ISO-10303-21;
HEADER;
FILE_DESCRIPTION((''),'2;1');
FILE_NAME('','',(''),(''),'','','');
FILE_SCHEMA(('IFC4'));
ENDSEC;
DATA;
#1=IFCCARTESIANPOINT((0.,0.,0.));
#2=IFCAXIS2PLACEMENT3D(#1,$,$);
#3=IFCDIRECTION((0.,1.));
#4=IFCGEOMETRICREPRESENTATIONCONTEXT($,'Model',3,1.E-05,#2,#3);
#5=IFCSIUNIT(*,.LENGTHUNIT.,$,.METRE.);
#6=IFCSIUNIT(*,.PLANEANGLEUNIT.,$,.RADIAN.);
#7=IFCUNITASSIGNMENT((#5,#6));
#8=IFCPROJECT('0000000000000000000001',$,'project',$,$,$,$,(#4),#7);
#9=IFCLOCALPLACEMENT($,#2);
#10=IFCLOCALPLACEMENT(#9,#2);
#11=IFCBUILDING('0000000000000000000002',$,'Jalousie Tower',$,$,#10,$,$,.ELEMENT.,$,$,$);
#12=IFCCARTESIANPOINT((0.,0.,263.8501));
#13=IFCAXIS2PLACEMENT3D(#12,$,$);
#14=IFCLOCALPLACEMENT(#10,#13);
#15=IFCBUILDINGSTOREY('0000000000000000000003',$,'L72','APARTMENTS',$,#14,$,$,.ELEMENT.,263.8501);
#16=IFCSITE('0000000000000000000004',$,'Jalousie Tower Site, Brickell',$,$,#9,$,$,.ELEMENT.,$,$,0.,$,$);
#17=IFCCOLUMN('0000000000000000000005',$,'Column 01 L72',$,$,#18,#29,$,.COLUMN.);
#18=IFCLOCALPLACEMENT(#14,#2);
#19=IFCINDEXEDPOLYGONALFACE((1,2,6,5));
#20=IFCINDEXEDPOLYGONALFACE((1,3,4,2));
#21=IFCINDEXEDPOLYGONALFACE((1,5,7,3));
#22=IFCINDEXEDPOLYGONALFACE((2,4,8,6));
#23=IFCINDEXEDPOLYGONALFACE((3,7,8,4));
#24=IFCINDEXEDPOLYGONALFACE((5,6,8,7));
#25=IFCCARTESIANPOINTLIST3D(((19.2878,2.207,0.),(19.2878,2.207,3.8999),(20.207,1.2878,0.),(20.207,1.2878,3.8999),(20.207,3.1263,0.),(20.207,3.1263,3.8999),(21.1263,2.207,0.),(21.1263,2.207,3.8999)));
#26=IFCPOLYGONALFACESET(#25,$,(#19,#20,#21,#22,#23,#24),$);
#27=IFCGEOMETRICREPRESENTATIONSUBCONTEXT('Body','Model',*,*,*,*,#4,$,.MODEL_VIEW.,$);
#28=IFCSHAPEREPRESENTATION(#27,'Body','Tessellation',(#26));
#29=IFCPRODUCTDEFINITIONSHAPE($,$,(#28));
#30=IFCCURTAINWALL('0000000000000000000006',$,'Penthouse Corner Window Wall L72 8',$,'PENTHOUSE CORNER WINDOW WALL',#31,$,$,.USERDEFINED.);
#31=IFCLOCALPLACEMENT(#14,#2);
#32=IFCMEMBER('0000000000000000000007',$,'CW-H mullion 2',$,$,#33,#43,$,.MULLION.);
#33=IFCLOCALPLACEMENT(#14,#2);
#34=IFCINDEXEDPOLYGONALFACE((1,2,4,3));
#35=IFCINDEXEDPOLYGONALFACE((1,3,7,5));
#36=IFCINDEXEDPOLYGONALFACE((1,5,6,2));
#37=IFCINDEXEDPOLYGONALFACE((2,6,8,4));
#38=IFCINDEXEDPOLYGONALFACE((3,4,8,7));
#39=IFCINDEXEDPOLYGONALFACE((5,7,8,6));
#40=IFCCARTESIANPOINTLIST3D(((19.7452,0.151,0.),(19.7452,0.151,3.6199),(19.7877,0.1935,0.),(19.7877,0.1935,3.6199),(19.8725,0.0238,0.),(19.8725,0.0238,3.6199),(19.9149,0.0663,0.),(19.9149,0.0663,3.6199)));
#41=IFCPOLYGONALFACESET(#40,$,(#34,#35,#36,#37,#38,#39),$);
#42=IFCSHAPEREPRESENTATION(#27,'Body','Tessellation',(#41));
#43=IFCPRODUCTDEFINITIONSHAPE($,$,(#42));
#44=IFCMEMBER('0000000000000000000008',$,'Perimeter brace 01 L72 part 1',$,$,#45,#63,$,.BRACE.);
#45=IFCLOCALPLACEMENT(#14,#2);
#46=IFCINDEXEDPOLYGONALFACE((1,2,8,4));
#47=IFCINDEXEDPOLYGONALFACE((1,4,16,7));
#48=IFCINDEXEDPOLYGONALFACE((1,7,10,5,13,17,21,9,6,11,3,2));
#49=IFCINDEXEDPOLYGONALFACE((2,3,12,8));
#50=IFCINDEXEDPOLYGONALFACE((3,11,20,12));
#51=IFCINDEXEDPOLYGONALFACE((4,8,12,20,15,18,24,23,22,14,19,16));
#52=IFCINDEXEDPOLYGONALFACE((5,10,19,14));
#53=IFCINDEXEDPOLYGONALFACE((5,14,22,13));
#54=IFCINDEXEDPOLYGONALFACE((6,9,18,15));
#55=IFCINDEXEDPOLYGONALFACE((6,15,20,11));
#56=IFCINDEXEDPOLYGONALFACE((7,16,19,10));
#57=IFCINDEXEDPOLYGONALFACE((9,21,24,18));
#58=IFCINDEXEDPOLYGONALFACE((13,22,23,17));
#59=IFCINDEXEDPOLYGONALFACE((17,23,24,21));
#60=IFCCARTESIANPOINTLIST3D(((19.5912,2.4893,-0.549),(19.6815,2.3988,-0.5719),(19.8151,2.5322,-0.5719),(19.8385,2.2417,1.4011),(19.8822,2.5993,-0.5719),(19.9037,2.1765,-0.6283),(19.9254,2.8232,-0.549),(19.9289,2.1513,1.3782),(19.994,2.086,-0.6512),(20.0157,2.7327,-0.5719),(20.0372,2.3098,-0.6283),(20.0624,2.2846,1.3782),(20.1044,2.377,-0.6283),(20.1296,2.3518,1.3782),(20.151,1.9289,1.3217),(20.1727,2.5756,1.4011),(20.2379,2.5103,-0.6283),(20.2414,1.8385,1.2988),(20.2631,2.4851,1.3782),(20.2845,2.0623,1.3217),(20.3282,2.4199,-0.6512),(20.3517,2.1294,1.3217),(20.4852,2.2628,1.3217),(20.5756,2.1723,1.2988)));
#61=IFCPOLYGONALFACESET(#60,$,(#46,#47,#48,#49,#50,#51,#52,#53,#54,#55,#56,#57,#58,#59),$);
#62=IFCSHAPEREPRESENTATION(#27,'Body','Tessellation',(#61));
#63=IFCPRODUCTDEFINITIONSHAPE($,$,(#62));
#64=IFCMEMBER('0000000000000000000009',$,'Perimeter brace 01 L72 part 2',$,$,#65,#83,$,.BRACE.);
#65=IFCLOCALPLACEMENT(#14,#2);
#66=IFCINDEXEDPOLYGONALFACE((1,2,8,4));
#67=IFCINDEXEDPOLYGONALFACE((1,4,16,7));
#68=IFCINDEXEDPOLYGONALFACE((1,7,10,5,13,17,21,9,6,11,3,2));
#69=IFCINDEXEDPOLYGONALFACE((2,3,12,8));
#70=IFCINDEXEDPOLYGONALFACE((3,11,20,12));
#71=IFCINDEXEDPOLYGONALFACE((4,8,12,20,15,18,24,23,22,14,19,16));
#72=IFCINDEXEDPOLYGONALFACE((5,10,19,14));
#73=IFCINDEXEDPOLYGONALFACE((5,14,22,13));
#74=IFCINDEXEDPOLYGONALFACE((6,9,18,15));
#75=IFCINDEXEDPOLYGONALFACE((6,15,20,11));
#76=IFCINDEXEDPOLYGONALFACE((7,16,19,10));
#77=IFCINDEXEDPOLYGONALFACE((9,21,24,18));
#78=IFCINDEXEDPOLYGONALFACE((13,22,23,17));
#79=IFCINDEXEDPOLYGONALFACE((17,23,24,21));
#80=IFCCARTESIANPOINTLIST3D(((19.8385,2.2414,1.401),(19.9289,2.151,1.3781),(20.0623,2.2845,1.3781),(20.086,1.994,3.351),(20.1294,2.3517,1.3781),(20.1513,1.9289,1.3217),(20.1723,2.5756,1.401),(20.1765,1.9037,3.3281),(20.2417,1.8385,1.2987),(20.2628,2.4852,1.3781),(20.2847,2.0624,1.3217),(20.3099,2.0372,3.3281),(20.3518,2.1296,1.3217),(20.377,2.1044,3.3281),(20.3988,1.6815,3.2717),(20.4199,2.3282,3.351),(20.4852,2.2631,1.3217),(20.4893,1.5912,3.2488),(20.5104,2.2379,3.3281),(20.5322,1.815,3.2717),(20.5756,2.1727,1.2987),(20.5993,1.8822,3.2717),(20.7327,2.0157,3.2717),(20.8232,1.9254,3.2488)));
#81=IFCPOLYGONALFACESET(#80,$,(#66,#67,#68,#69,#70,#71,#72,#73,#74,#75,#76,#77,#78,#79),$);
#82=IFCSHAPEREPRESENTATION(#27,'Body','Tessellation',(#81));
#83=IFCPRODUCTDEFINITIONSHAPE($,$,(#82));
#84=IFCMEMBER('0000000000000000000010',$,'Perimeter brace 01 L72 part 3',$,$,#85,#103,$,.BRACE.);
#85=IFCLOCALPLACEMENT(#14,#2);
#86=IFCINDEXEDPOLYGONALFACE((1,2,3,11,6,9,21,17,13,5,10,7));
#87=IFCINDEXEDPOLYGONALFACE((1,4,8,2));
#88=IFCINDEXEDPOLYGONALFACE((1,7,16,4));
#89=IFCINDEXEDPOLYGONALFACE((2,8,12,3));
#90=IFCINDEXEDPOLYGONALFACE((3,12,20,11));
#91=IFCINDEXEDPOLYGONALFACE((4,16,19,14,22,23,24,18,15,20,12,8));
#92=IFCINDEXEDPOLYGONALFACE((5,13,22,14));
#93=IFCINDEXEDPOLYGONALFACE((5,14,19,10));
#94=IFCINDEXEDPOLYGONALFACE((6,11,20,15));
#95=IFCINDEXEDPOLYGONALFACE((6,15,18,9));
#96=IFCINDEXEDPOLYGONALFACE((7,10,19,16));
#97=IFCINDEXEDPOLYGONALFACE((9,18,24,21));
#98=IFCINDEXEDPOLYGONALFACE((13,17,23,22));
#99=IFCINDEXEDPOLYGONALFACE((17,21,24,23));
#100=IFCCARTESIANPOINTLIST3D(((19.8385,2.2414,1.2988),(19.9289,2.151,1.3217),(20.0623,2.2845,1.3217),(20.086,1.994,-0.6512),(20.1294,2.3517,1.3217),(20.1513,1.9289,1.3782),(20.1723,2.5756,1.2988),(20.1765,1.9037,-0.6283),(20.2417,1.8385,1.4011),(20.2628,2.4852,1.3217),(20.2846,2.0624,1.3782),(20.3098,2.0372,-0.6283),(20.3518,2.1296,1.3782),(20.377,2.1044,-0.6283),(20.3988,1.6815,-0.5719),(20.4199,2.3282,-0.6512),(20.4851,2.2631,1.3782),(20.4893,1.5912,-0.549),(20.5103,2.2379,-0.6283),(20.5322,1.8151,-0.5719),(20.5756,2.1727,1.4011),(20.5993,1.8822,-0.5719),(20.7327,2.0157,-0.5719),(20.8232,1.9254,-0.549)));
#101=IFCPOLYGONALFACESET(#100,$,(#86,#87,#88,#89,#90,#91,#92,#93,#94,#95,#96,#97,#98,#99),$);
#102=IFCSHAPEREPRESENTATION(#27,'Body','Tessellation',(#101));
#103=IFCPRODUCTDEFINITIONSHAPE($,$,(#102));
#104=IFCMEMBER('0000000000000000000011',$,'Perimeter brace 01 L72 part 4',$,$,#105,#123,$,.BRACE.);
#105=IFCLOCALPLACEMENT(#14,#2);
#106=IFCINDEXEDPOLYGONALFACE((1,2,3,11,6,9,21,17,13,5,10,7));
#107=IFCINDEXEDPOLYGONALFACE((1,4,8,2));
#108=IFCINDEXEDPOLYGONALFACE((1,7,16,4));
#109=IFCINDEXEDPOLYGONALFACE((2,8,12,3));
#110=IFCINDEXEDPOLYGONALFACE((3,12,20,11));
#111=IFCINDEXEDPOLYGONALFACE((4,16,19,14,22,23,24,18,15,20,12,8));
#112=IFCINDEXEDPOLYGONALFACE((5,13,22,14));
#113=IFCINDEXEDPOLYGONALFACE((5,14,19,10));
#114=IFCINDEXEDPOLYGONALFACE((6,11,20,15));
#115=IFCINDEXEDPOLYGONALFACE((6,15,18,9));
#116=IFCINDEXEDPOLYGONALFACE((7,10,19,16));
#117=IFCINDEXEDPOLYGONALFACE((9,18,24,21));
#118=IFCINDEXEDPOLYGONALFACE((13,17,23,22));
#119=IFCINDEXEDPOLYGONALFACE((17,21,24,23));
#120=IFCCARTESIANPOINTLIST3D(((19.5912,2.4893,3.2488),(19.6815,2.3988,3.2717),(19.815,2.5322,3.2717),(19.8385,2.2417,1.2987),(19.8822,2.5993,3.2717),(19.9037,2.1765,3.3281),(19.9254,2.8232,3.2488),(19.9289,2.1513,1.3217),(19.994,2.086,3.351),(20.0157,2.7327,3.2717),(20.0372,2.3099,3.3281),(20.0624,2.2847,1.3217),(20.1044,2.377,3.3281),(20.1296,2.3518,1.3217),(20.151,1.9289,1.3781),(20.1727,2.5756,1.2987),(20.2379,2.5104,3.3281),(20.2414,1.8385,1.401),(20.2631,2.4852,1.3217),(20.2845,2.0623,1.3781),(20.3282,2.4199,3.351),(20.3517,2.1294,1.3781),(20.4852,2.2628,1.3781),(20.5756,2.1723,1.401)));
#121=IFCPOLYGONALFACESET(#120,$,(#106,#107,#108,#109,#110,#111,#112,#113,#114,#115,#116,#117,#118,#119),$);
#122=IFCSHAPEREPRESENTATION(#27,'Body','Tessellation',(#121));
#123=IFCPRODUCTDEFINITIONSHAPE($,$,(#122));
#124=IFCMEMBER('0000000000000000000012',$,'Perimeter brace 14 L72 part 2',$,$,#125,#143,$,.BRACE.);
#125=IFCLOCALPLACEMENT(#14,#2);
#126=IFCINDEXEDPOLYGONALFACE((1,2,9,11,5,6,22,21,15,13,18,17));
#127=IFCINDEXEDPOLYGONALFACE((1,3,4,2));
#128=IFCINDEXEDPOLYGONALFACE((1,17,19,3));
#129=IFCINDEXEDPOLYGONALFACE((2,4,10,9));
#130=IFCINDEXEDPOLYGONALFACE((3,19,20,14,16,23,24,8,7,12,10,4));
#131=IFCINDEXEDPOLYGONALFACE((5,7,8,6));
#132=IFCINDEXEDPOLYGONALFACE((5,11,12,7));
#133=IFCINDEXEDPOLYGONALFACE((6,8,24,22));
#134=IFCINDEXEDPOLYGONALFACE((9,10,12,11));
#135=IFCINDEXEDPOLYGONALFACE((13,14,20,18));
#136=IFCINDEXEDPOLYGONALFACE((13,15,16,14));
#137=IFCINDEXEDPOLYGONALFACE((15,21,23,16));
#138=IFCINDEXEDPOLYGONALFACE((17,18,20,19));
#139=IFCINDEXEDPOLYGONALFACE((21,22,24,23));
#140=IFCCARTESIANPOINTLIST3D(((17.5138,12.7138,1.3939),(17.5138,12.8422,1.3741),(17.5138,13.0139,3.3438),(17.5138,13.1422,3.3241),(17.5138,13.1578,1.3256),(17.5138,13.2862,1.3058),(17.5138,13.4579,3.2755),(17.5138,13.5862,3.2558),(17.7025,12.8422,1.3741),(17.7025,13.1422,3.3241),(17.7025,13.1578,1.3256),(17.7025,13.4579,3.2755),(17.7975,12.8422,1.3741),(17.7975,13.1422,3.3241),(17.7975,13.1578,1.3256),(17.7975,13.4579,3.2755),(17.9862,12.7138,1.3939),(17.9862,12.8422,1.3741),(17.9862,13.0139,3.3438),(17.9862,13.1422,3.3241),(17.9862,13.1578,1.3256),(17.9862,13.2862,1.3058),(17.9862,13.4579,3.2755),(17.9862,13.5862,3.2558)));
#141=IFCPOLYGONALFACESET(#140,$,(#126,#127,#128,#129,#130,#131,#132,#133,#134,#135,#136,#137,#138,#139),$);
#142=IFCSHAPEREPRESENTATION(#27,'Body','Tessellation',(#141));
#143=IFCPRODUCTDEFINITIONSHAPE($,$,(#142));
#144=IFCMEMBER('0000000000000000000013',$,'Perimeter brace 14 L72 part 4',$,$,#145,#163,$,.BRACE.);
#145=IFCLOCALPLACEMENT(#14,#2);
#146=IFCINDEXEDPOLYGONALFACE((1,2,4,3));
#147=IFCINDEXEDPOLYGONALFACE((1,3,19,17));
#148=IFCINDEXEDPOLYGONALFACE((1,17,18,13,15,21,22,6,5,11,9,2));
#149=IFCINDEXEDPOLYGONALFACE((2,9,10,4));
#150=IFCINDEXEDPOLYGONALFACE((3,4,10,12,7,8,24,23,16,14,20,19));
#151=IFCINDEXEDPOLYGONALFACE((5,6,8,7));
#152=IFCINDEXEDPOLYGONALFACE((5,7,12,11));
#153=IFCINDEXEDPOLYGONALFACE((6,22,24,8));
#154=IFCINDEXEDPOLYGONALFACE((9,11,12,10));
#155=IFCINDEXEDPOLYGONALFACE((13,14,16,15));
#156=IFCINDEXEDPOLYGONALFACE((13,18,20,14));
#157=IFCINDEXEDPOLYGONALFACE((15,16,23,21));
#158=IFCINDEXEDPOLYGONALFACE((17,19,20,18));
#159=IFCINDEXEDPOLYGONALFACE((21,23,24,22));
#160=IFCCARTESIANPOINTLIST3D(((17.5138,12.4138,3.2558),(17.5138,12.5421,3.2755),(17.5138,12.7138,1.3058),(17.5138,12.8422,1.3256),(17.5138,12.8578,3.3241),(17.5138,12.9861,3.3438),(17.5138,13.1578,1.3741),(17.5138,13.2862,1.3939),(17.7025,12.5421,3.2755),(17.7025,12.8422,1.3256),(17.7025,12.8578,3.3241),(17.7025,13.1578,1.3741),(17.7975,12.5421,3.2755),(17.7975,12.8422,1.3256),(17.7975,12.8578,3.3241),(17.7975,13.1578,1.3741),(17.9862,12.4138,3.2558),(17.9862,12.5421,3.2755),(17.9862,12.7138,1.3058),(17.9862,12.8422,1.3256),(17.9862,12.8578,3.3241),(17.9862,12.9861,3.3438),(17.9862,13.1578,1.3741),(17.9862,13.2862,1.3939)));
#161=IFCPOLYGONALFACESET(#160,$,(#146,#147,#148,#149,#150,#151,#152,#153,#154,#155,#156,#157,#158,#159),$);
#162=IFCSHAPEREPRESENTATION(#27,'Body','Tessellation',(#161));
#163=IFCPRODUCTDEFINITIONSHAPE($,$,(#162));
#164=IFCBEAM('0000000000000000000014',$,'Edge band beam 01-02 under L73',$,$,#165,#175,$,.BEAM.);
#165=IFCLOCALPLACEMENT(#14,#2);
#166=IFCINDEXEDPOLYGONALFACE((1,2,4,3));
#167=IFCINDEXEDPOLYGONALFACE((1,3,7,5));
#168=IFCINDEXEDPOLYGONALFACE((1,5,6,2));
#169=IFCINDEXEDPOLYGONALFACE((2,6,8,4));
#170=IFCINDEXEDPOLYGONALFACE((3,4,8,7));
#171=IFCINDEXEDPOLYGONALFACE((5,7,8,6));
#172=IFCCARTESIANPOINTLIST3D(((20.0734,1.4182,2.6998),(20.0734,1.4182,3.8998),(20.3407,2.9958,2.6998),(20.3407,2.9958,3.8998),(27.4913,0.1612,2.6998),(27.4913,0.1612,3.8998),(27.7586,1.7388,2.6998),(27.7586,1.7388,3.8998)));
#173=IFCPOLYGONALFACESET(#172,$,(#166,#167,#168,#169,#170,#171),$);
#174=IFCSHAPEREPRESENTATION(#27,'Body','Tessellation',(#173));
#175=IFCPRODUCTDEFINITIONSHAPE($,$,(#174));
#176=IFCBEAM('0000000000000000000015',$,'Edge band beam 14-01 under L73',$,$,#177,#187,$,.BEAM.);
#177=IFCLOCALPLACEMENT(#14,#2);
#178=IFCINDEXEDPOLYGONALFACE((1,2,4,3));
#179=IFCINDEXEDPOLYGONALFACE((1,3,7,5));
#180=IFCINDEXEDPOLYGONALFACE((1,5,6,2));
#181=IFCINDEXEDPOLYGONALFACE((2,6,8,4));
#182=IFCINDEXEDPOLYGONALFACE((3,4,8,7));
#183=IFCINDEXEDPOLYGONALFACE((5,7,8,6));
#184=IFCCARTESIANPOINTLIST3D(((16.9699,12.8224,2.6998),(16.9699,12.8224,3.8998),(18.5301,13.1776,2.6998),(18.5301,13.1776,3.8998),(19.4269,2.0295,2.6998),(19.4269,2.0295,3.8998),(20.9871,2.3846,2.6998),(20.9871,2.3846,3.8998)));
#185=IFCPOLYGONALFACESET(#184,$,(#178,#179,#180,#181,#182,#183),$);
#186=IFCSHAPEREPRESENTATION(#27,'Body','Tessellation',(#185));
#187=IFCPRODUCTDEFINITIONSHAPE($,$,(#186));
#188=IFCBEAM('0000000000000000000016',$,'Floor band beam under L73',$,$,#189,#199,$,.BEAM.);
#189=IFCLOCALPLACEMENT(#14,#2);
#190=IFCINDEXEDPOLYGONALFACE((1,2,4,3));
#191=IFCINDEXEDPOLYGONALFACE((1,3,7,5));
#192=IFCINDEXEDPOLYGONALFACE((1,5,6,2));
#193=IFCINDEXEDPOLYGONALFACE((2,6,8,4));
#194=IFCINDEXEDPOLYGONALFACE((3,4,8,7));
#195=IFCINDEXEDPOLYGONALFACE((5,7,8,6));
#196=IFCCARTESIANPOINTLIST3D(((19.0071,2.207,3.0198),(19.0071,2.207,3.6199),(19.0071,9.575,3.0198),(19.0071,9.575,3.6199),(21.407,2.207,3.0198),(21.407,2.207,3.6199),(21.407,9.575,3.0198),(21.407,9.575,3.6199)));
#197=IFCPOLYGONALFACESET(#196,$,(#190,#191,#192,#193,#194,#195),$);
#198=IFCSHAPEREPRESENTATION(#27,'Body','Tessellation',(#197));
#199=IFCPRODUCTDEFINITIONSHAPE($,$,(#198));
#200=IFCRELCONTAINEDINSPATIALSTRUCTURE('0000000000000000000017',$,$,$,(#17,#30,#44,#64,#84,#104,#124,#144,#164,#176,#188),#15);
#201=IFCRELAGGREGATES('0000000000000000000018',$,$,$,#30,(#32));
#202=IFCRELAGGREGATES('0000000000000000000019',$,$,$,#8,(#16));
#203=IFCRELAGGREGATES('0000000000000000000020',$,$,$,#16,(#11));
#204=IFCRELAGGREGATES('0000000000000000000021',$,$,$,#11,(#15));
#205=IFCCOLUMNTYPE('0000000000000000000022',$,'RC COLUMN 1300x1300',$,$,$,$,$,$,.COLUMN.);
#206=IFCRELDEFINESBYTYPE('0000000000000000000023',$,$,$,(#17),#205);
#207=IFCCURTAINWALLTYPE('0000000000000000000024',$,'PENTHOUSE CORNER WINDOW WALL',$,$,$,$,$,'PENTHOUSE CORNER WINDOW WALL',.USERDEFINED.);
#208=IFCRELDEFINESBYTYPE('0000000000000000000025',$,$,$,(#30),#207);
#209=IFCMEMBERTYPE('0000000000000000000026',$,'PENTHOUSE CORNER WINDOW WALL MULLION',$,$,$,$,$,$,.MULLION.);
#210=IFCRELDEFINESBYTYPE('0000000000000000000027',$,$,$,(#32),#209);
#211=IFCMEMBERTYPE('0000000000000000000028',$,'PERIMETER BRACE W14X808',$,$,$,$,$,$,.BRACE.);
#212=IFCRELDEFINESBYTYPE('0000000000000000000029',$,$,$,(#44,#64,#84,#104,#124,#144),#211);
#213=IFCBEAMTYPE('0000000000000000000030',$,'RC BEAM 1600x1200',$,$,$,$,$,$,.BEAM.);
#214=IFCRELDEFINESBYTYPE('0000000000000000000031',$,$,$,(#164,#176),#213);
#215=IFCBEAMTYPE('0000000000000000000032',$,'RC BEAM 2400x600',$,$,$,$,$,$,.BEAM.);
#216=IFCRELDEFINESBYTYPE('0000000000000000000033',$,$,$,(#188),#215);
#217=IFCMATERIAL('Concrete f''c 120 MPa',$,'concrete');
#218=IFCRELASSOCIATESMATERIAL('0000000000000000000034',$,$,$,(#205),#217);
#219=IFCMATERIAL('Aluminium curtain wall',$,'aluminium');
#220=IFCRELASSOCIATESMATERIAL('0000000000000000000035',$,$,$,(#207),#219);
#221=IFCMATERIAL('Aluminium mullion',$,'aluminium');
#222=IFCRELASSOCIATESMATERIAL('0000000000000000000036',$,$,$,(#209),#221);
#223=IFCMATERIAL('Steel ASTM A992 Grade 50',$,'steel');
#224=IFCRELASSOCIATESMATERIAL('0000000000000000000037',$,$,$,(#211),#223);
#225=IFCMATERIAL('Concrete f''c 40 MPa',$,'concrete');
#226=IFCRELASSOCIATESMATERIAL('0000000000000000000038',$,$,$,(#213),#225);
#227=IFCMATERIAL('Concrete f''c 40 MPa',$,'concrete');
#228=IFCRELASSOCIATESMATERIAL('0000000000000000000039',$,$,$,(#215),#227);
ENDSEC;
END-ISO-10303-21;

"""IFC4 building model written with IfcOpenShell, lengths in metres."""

from ifc_helpers import new_model, si_unit, direction, frame, origin, origin_2d, place, context, subcontext, project, spatial, rectangle, i_section, extrude, material, material_profile, profile_set, type_object, element, aggregate, save


model = new_model("IFC4")

# Units and contexts
model_context = context("Model", 3, precision=1e-05, world=origin(), true_north=direction((0.0, 1.0)))
body_context = subcontext(model_context, "Body", "Model", "MODEL_VIEW")
ifc_project = project(units=[si_unit("LENGTHUNIT", "METRE"), si_unit("PLANEANGLEUNIT", "RADIAN")], contexts=[model_context])

# Site, building, storey
site_placement = place(None, origin())
site = spatial("IfcSite", under=ifc_project, at=site_placement, Name="Jalousie Tower Site, Brickell", CompositionType="ELEMENT", RefElevation=0.0)
building_placement = place(site_placement, origin())
building = spatial("IfcBuilding", under=site, at=building_placement, Name="Jalousie Tower", CompositionType="ELEMENT")
storey_placement = place(building_placement, frame((0.0, 0.0, 263.8501)))
storey = spatial("IfcBuildingStorey", under=building, at=storey_placement, Name="L72", Description="APARTMENTS", CompositionType="ELEMENT", Elevation=263.8501)

# Column
ifc_material_1 = material(Name="Concrete f'c 120 MPa", Category="concrete")
ifc_material_profile_1 = material_profile(ifc_material_1, rectangle(XDim=1.3, YDim=1.3, at=origin_2d()), Name="RC 1300x1300")
ifc_profile_set_1 = profile_set([ifc_material_profile_1], Name="Concrete f'c 120 MPa")
column_type = type_object("IfcColumnType", Name="RC COLUMN 1300x1300", PredefinedType="COLUMN", material=ifc_profile_set_1)
column_placement = place(storey_placement, frame((20.207, 2.207, 0.0), z_axis=(0.0, 0.0, 1.0), x_axis=(0.707107, 0.707107, 0.0)))
element("IfcColumn", 1, at=column_placement, inside=storey, type_object=column_type, Name="Column 01 L72", PredefinedType="COLUMN", context=body_context, shape_type="SweptSolid", body=[
    extrude(rectangle(XDim=1.3, YDim=1.3, at=origin_2d()), origin(), (0.0, 0.0, 1.0), 3.8999),
])

# Curtain wall, member
ifc_material_2 = material(Name="Aluminium curtain wall", Category="aluminium")
curtain_wall_type_1 = type_object("IfcCurtainWallType", Name="PENTHOUSE CORNER WINDOW WALL", ElementType="PENTHOUSE CORNER WINDOW WALL", PredefinedType="USERDEFINED", material=ifc_material_2)
curtain_wall_1_placement = place(storey_placement, origin())
curtain_wall_1 = element("IfcCurtainWall", 2, at=curtain_wall_1_placement, inside=storey, type_object=curtain_wall_type_1, Name="Penthouse Corner Window Wall L72 8", ObjectType="PENTHOUSE CORNER WINDOW WALL", PredefinedType="USERDEFINED")
ifc_material_3 = material(Name="Aluminium mullion", Category="aluminium")
ifc_material_profile_2 = material_profile(ifc_material_3, rectangle(XDim=0.0601, YDim=0.1799, at=origin_2d()), Name="MULLION 60x180")
ifc_profile_set_2 = profile_set([ifc_material_profile_2], Name="Aluminium mullion")
member_type_1 = type_object("IfcMemberType", Name="PENTHOUSE CORNER WINDOW WALL MULLION", PredefinedType="MULLION", material=ifc_profile_set_2)
member_1_placement = place(storey_placement, frame((19.8301, 0.1086, 0.0), z_axis=(0.0, 0.0, 1.0), x_axis=(0.707107, 0.707107, 0.0)))
member_1 = element("IfcMember", 3, at=member_1_placement, type_object=member_type_1, Name="CW-H mullion 2", PredefinedType="MULLION", context=body_context, shape_type="SweptSolid", body=[
    extrude(rectangle(XDim=0.0601, YDim=0.1799, at=origin_2d()), origin(), (0.0, 0.0, 1.0), 3.6199),
])

# Members
ifc_material_4 = material(Name="Steel ASTM A992 Grade 50", Category="steel")
ifc_material_profile_3 = material_profile(ifc_material_4, i_section(OverallWidth=0.4724, OverallDepth=0.5791, WebThickness=0.095, FlangeThickness=0.1299, at=origin_2d()), Name="W14X808")
ifc_profile_set_3 = profile_set([ifc_material_profile_3], Name="Steel ASTM A992 Grade 50")
member_type_2 = type_object("IfcMemberType", Name="PERIMETER BRACE W14X808", PredefinedType="BRACE", material=ifc_profile_set_3)
for number, where, z_axis, x_axis, name in (
    (4, (19.9597, 2.4546, -0.6001), (0.124837, -0.12496, 0.984277), (0.707456, 0.706758, 0.0), "Perimeter brace 01 L72 part 1"),
    (5, (20.207, 2.207, 1.3499), (0.12496, -0.124837, 0.984277), (0.706758, 0.707456, 0.0), "Perimeter brace 01 L72 part 2"),
    (6, (20.4546, 1.9597, -0.6001), (-0.12496, 0.124837, 0.984277), (-0.706758, -0.707456, 0.0), "Perimeter brace 01 L72 part 3"),
    (7, (20.207, 2.207, 1.3499), (-0.124837, 0.12496, 0.984277), (-0.707456, -0.706758, 0.0), "Perimeter brace 01 L72 part 4"),
):
    element("IfcMember", number, at=place(storey_placement, frame(where, z_axis=z_axis, x_axis=x_axis)), inside=storey, type_object=member_type_2, Name=name, PredefinedType="BRACE", context=body_context, shape_type="SweptSolid", body=[
        extrude(i_section(OverallWidth=0.4724, OverallDepth=0.5791, WebThickness=0.095, FlangeThickness=0.1299, at=origin_2d()), origin(), (0.0, 0.0, 1.0), 1.9812),
    ])
for number, where, z_axis, x_axis, name in (
    (8, (17.75, 13.0, 1.3499), (0.0, 0.152085, 0.988367), (-1.0, 0.0, 0.0), "Perimeter brace 14 L72 part 2"),
    (9, (17.75, 13.0, 1.3499), (0.0, -0.152085, 0.988367), (1.0, 0.0, 0.0), "Perimeter brace 14 L72 part 4"),
):
    element("IfcMember", number, at=place(storey_placement, frame(where, z_axis=z_axis, x_axis=x_axis)), inside=storey, type_object=member_type_2, Name=name, PredefinedType="BRACE", context=body_context, shape_type="SweptSolid", body=[
        extrude(i_section(OverallWidth=0.4724, OverallDepth=0.5791, WebThickness=0.095, FlangeThickness=0.1299, at=origin_2d()), origin(), (0.0, 0.0, 1.0), 1.9729),
    ])

# Beams
ifc_material_5 = material(Name="Concrete f'c 40 MPa", Category="concrete")
ifc_material_profile_4 = material_profile(ifc_material_5, rectangle(XDim=1.6001, YDim=1.2, at=origin_2d()), Name="RC 1600x1200")
ifc_profile_set_4 = profile_set([ifc_material_profile_4], Name="Concrete f'c 40 MPa")
beam_type_1 = type_object("IfcBeamType", Name="RC BEAM 1600x1200", PredefinedType="BEAM", material=ifc_profile_set_4)
beam_1_placement = place(storey_placement, frame((20.207, 2.207, 3.2998), z_axis=(0.985943, -0.167082, 0.0), x_axis=(0.167082, 0.985943, 0.0)))
element("IfcBeam", 10, at=beam_1_placement, inside=storey, type_object=beam_type_1, Name="Edge band beam 01-02 under L73", PredefinedType="BEAM", context=body_context, shape_type="SweptSolid", body=[
    extrude(rectangle(XDim=1.6001, YDim=1.2, at=origin_2d()), origin(), (0.0, 0.0, 1.0), 7.5237),
])
beam_2_placement = place(storey_placement, frame((17.75, 13.0, 3.2998), z_axis=(0.221972, -0.975053, 0.0), x_axis=(0.975053, 0.221972, 0.0)))
element("IfcBeam", 11, at=beam_2_placement, inside=storey, type_object=beam_type_1, Name="Edge band beam 14-01 under L73", PredefinedType="BEAM", context=body_context, shape_type="SweptSolid", body=[
    extrude(rectangle(XDim=1.6001, YDim=1.2, at=origin_2d()), origin(), (0.0, 0.0, 1.0), 11.0691),
])
ifc_material_6 = material(Name="Concrete f'c 40 MPa", Category="concrete")
ifc_material_profile_5 = material_profile(ifc_material_6, rectangle(XDim=2.3999, YDim=0.6001, at=origin_2d()), Name="RC 2400x600")
ifc_profile_set_5 = profile_set([ifc_material_profile_5], Name="Concrete f'c 40 MPa")
beam_type_2 = type_object("IfcBeamType", Name="RC BEAM 2400x600", PredefinedType="BEAM", material=ifc_profile_set_5)
beam_3_placement = place(storey_placement, frame((20.207, 2.207, 3.3198), z_axis=(0.0, 1.0, 0.0), x_axis=(-1.0, 0.0, 0.0)))
element("IfcBeam", 12, at=beam_3_placement, inside=storey, type_object=beam_type_2, Name="Floor band beam under L73", PredefinedType="BEAM", context=body_context, shape_type="SweptSolid", body=[
    extrude(rectangle(XDim=2.3999, YDim=0.6001, at=origin_2d()), origin(), (0.0, 0.0, 1.0), 7.3679),
])

aggregate(curtain_wall_1, [member_1])

save(model, "model.ifc")
